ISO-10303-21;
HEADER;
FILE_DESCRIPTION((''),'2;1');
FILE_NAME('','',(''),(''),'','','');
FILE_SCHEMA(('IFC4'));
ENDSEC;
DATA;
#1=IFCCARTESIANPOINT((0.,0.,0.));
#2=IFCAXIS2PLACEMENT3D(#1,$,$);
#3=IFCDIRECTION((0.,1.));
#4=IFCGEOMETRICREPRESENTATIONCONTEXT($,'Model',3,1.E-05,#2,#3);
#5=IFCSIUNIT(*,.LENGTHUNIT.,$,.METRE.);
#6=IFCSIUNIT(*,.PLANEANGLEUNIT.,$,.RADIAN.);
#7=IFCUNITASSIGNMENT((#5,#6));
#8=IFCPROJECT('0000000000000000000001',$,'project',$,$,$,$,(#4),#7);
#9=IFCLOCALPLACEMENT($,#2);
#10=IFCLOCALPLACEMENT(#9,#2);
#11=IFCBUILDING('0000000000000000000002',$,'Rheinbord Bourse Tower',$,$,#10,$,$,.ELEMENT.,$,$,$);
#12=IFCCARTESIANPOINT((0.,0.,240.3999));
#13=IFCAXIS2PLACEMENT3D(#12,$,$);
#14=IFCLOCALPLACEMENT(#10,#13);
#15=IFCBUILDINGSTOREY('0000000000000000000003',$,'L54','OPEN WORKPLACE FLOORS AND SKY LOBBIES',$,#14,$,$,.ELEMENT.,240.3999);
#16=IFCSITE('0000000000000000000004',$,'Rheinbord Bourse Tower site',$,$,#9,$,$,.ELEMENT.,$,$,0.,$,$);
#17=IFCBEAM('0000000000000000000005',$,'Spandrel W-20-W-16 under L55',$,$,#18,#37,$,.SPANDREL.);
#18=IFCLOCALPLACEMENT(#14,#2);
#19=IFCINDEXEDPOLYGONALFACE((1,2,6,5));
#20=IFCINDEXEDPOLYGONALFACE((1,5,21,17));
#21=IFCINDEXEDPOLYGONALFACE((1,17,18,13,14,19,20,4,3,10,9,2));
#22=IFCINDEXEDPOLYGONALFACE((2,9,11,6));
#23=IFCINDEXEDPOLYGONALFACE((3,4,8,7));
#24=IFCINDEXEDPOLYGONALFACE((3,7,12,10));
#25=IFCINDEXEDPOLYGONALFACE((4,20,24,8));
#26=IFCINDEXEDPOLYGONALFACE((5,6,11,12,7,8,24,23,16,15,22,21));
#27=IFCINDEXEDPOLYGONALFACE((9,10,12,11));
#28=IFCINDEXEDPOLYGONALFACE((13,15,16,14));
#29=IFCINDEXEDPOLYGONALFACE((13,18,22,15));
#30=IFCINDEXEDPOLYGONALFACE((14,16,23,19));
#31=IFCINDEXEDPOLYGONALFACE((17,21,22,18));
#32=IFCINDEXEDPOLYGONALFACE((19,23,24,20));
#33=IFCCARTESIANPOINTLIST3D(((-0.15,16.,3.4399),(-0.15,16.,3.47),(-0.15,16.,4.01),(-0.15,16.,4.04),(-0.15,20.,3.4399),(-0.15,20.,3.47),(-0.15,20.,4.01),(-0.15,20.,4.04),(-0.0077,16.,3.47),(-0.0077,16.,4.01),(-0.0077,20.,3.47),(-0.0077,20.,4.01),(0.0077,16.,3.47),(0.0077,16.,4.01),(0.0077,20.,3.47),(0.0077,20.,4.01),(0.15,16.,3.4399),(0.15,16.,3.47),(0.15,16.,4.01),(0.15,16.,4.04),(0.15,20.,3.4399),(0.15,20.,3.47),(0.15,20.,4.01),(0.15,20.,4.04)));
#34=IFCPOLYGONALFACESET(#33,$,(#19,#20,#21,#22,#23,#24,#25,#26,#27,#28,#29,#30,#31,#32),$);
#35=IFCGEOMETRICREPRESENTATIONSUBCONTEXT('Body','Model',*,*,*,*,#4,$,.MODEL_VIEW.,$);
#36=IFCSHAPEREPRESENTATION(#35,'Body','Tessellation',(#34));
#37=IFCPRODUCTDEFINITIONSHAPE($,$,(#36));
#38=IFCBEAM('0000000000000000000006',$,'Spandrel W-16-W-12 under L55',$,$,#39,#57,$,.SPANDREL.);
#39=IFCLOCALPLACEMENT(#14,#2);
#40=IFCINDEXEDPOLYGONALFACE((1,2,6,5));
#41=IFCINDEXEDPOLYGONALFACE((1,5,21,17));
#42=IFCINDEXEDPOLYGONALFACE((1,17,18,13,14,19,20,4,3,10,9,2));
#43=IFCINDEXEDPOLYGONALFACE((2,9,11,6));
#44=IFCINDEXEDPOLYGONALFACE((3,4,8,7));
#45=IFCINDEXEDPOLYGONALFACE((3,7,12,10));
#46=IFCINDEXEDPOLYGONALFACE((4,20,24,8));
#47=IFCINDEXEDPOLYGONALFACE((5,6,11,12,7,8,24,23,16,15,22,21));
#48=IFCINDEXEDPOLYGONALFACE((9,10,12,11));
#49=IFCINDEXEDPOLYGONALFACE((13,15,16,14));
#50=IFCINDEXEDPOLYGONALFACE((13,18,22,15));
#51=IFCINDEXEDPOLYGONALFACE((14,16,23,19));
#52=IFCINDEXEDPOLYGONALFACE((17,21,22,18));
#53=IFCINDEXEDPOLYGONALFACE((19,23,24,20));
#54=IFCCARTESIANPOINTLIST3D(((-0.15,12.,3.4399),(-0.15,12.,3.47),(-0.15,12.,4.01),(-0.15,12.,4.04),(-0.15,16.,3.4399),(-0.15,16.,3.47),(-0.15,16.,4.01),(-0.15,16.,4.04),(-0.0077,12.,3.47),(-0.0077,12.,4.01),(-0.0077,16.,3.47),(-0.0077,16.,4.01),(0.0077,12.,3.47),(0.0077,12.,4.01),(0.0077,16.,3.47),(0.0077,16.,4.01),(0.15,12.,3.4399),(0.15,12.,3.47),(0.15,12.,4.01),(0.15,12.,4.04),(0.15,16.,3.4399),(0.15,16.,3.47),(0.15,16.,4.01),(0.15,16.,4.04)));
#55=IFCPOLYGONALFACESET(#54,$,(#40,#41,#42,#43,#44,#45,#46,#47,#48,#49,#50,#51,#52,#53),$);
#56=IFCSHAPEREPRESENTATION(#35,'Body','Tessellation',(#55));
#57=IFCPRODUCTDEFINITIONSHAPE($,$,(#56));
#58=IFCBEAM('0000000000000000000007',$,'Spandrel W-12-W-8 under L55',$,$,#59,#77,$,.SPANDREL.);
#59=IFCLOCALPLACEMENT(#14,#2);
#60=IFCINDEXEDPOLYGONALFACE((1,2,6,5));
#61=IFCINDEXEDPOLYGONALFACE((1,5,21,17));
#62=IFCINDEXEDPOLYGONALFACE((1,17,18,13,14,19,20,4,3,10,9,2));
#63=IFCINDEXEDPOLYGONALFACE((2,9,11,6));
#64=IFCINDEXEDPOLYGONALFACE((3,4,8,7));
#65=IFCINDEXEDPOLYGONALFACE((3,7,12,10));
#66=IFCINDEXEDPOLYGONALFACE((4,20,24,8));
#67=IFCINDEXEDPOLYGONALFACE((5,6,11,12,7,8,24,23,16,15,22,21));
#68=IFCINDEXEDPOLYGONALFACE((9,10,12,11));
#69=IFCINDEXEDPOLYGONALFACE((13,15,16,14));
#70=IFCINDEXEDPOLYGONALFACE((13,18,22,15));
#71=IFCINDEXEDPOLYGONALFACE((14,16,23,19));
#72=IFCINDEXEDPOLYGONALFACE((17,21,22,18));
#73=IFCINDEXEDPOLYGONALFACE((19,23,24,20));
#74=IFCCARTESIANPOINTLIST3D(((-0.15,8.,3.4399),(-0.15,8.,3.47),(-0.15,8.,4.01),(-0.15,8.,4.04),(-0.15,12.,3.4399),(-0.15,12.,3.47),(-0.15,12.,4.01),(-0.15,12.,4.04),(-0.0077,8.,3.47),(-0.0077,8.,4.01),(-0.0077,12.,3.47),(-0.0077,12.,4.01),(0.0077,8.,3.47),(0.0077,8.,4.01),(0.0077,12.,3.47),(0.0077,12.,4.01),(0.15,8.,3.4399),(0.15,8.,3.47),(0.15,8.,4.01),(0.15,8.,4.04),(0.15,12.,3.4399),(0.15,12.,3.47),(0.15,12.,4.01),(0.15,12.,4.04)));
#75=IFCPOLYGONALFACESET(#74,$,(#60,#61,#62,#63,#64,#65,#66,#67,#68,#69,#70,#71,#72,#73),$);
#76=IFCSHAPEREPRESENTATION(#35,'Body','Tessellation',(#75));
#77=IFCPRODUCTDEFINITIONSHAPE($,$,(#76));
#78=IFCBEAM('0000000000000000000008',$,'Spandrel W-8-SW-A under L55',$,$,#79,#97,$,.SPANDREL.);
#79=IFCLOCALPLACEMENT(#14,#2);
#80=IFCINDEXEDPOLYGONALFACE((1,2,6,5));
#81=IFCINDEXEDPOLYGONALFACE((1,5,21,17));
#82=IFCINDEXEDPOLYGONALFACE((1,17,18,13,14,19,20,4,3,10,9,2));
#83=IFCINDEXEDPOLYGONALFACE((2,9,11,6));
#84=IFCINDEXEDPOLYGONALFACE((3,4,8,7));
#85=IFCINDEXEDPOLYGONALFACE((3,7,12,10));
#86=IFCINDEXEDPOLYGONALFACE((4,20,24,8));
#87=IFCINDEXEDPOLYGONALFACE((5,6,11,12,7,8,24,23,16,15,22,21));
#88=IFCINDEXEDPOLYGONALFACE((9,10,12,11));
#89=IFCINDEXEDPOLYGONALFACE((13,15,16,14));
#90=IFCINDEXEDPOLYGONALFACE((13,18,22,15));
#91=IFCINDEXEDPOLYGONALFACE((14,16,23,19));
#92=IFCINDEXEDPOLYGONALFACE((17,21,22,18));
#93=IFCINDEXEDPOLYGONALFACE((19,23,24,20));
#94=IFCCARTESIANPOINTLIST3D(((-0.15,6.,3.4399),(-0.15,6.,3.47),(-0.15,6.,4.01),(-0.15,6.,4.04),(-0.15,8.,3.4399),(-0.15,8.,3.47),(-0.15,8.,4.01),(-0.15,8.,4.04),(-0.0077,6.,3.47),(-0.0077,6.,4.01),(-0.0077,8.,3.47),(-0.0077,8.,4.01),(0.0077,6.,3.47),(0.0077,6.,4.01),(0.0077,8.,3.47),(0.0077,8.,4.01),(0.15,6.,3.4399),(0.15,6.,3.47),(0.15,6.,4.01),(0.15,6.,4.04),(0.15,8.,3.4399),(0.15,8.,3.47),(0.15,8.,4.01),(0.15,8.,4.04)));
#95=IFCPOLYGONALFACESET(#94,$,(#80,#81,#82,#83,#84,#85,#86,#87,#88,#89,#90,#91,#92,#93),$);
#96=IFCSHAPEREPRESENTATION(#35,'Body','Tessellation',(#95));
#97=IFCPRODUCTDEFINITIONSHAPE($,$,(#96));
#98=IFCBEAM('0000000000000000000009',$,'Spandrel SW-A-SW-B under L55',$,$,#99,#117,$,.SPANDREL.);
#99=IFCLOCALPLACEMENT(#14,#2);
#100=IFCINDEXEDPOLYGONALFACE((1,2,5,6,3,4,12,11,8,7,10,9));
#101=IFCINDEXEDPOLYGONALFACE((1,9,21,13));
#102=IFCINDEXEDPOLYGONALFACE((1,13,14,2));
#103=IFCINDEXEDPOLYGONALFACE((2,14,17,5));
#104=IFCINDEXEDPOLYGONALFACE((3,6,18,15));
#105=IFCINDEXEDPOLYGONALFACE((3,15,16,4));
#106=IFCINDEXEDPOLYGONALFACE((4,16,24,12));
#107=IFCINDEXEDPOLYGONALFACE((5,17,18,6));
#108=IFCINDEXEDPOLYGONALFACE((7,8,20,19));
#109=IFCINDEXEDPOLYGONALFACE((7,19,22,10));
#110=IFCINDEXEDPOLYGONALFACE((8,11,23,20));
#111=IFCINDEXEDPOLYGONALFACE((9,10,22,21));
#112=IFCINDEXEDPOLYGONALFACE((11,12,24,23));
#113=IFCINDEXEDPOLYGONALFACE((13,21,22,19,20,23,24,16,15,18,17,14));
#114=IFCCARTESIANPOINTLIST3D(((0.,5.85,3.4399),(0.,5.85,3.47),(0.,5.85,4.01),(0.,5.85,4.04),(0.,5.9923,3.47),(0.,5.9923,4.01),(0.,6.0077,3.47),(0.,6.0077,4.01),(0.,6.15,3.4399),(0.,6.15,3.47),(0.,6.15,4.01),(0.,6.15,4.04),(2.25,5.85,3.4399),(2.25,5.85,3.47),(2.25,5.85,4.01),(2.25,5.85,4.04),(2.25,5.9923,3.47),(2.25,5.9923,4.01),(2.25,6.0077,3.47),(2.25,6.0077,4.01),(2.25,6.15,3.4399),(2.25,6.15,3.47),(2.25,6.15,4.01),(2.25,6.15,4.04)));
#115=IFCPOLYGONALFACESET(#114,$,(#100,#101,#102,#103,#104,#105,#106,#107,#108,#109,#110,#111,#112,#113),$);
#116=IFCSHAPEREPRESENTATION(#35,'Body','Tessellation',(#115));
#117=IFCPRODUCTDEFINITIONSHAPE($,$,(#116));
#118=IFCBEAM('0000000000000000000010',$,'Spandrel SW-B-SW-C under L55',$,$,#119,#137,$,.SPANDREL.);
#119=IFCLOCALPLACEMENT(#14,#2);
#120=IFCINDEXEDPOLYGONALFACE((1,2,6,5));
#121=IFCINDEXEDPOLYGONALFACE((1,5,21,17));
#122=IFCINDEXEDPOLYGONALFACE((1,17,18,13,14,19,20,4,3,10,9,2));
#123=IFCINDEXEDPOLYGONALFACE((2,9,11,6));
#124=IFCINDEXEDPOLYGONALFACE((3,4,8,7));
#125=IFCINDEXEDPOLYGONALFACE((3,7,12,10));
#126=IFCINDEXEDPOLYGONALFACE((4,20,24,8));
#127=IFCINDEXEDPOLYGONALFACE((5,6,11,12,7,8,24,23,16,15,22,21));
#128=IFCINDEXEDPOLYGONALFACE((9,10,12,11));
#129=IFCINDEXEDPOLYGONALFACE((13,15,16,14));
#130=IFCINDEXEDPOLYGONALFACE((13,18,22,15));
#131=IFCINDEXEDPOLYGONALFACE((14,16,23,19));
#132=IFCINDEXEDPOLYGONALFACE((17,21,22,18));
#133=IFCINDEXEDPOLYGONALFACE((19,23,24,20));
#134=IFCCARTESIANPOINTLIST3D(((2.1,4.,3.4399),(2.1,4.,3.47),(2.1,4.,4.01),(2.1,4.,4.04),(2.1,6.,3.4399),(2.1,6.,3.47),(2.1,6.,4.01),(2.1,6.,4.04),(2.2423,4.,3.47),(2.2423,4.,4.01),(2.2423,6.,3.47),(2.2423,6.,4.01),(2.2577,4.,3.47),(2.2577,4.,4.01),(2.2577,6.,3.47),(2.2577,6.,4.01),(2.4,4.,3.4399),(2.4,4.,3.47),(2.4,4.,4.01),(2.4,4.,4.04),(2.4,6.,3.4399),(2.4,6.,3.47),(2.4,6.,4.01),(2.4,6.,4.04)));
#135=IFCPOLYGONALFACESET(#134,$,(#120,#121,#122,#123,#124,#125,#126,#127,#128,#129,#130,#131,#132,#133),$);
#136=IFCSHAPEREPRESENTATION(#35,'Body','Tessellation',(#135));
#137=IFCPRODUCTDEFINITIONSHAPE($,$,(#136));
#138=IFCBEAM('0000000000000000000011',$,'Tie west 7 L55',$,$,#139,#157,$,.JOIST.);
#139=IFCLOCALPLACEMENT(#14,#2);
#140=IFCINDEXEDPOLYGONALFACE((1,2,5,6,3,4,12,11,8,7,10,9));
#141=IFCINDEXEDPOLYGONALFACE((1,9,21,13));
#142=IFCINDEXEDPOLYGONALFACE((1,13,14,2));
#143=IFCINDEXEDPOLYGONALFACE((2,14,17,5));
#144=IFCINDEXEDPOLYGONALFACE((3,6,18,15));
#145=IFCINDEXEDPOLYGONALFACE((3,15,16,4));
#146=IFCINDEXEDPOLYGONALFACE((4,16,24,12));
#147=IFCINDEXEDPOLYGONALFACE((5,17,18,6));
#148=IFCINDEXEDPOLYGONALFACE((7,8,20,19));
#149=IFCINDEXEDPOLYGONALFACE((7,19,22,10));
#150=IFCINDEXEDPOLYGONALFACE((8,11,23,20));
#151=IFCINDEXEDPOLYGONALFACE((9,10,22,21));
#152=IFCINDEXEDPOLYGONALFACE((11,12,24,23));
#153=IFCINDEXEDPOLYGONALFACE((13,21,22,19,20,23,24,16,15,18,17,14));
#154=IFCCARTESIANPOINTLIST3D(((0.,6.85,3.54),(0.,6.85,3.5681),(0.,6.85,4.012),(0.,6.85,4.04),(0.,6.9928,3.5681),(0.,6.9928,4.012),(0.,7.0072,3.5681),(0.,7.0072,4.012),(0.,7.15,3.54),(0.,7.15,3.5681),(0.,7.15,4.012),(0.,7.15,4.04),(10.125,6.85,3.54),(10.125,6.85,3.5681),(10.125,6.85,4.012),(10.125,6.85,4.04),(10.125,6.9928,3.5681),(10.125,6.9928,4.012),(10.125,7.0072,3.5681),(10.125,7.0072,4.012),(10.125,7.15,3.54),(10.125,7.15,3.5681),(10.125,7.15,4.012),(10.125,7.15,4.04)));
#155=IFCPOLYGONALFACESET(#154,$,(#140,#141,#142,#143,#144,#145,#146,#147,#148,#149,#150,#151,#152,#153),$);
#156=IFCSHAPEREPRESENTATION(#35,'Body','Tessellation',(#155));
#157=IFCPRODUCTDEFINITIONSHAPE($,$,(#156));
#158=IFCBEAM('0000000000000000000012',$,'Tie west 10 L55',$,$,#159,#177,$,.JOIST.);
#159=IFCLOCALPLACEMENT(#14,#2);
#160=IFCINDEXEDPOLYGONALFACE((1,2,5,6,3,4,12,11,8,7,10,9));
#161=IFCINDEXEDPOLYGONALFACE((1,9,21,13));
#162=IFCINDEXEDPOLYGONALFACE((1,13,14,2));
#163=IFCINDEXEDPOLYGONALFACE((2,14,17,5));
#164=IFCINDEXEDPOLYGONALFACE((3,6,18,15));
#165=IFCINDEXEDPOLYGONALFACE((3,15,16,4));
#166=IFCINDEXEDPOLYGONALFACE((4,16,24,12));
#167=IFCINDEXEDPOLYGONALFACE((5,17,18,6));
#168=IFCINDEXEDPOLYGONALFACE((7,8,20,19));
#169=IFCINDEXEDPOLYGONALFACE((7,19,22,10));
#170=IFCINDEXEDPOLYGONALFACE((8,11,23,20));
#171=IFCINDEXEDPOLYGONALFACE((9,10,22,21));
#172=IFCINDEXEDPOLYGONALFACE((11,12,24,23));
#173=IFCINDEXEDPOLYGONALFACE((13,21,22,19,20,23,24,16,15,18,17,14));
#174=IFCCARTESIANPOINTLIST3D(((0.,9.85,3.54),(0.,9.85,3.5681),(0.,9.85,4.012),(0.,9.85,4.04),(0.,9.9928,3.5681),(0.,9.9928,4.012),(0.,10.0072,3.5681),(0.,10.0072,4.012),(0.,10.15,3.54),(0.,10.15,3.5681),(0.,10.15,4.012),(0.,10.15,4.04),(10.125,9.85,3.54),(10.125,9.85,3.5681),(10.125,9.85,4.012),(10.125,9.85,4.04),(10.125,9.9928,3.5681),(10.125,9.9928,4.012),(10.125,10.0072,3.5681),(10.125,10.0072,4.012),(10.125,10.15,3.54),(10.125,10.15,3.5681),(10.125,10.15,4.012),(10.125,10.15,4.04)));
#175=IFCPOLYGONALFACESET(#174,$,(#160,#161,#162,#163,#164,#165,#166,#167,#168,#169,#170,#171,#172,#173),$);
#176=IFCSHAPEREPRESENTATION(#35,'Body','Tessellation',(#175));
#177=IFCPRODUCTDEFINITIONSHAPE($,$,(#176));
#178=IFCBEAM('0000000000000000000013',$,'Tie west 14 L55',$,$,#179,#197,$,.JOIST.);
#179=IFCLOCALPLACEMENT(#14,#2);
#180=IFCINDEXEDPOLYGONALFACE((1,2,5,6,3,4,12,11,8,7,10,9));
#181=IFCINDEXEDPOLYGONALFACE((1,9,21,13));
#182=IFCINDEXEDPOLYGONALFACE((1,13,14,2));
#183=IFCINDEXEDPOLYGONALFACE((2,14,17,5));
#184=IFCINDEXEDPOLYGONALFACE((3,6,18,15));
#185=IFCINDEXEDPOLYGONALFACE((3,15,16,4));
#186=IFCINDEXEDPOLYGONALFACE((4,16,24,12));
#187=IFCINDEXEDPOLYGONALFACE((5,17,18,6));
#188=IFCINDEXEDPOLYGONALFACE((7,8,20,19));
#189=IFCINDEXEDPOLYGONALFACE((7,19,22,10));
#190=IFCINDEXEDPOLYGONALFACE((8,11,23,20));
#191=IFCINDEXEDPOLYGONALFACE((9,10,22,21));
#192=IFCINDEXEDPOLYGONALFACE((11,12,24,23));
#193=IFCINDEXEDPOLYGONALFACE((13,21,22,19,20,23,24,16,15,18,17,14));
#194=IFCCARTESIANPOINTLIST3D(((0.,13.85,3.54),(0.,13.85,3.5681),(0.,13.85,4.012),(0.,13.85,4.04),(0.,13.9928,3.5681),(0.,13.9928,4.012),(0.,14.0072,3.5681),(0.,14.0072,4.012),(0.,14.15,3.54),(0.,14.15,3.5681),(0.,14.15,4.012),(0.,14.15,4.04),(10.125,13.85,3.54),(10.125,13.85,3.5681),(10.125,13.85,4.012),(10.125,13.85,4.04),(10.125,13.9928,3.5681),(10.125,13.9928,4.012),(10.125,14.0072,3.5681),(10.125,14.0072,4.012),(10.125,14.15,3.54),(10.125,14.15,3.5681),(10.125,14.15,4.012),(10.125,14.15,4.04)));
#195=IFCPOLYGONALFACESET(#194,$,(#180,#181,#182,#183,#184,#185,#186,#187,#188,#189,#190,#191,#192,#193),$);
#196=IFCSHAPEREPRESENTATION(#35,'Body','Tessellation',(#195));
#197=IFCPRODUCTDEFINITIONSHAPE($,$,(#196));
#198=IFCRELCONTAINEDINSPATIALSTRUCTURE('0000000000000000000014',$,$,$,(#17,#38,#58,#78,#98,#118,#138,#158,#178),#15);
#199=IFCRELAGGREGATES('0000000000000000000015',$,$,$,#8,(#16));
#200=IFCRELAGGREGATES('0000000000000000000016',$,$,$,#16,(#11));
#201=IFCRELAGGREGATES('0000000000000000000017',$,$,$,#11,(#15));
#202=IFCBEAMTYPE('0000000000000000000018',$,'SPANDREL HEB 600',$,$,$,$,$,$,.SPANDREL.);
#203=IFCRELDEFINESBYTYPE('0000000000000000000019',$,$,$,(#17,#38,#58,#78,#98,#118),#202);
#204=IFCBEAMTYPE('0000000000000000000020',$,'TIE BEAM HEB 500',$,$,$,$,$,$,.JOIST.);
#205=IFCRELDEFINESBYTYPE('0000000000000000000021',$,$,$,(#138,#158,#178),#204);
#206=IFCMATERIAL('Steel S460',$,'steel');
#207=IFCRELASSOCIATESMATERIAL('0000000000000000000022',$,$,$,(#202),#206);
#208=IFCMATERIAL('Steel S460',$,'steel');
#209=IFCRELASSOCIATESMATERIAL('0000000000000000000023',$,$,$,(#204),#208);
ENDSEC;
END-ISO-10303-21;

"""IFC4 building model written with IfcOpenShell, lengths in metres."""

from ifc_helpers import new_model, si_unit, direction, frame, origin, origin_2d, place, context, subcontext, project, spatial, i_section, extrude, material, material_profile, profile_set, type_object, element, save


model = new_model("IFC4")

# Units and contexts
model_context = context("Model", 3, precision=1e-05, world=origin(), true_north=direction((0.0, 1.0)))
body_context = subcontext(model_context, "Body", "Model", "MODEL_VIEW")
ifc_project = project(units=[si_unit("LENGTHUNIT", "METRE"), si_unit("PLANEANGLEUNIT", "RADIAN")], contexts=[model_context])

# Site, building, storey
site_placement = place(None, origin())
site = spatial("IfcSite", under=ifc_project, at=site_placement, Name="Rheinbord Bourse Tower site", CompositionType="ELEMENT", RefElevation=0.0)
building_placement = place(site_placement, origin())
building = spatial("IfcBuilding", under=site, at=building_placement, Name="Rheinbord Bourse Tower", CompositionType="ELEMENT")
storey_placement = place(building_placement, frame((0.0, 0.0, 240.3999)))
storey = spatial("IfcBuildingStorey", under=building, at=storey_placement, Name="L54", Description="OPEN WORKPLACE FLOORS AND SKY LOBBIES", CompositionType="ELEMENT", Elevation=240.3999)

# Beams
ifc_material_1 = material(Name="Steel S460", Category="steel")
ifc_material_profile_1 = material_profile(ifc_material_1, i_section(OverallWidth=0.3, OverallDepth=0.6001, WebThickness=0.0154, FlangeThickness=0.03, at=origin_2d()), Name="HEB 600")
ifc_profile_set_1 = profile_set([ifc_material_profile_1], Name="Steel S460")
beam_type_1 = type_object("IfcBeamType", Name="SPANDREL HEB 600", PredefinedType="SPANDREL", material=ifc_profile_set_1)
for number, where, z_axis, x_axis, name in (
    (1, (0.0, 20.0, 3.74), (0.0, -1.0, 0.0), (1.0, 0.0, 0.0), "Spandrel W-20-W-16 under L55"),
    (2, (0.0, 16.0, 3.74), (0.0, -1.0, 0.0), (1.0, 0.0, 0.0), "Spandrel W-16-W-12 under L55"),
    (3, (0.0, 12.0, 3.74), (0.0, -1.0, 0.0), (1.0, 0.0, 0.0), "Spandrel W-12-W-8 under L55"),
):
    element("IfcBeam", number, at=place(storey_placement, frame(where, z_axis=z_axis, x_axis=x_axis)), inside=storey, type_object=beam_type_1, Name=name, PredefinedType="SPANDREL", context=body_context, shape_type="SweptSolid", body=[
        extrude(i_section(OverallWidth=0.3, OverallDepth=0.6001, WebThickness=0.0154, FlangeThickness=0.03, at=origin_2d()), origin(), (0.0, 0.0, 1.0), 4.0),
    ])
beam_1_placement = place(storey_placement, frame((0.0, 8.0, 3.74), z_axis=(0.0, -1.0, 0.0), x_axis=(1.0, 0.0, 0.0)))
element("IfcBeam", 4, at=beam_1_placement, inside=storey, type_object=beam_type_1, Name="Spandrel W-8-SW-A under L55", PredefinedType="SPANDREL", context=body_context, shape_type="SweptSolid", body=[
    extrude(i_section(OverallWidth=0.3, OverallDepth=0.6001, WebThickness=0.0154, FlangeThickness=0.03, at=origin_2d()), origin(), (0.0, 0.0, 1.0), 2.0),
])
beam_2_placement = place(storey_placement, frame((0.0, 6.0, 3.74), z_axis=(1.0, 0.0, 0.0), x_axis=(0.0, 1.0, 0.0)))
element("IfcBeam", 5, at=beam_2_placement, inside=storey, type_object=beam_type_1, Name="Spandrel SW-A-SW-B under L55", PredefinedType="SPANDREL", context=body_context, shape_type="SweptSolid", body=[
    extrude(i_section(OverallWidth=0.3, OverallDepth=0.6001, WebThickness=0.0154, FlangeThickness=0.03, at=origin_2d()), origin(), (0.0, 0.0, 1.0), 2.25),
])
beam_3_placement = place(storey_placement, frame((2.25, 6.0, 3.74), z_axis=(0.0, -1.0, 0.0), x_axis=(1.0, 0.0, 0.0)))
element("IfcBeam", 6, at=beam_3_placement, inside=storey, type_object=beam_type_1, Name="Spandrel SW-B-SW-C under L55", PredefinedType="SPANDREL", context=body_context, shape_type="SweptSolid", body=[
    extrude(i_section(OverallWidth=0.3, OverallDepth=0.6001, WebThickness=0.0154, FlangeThickness=0.03, at=origin_2d()), origin(), (0.0, 0.0, 1.0), 2.0),
])
ifc_material_2 = material(Name="Steel S460", Category="steel")
ifc_material_profile_2 = material_profile(ifc_material_2, i_section(OverallWidth=0.3, OverallDepth=0.5, WebThickness=0.0144, FlangeThickness=0.0281, at=origin_2d()), Name="HEB 500")
ifc_profile_set_2 = profile_set([ifc_material_profile_2], Name="Steel S460")
beam_type_2 = type_object("IfcBeamType", Name="TIE BEAM HEB 500", PredefinedType="JOIST", material=ifc_profile_set_2)
for number, where, z_axis, x_axis, name in (
    (7, (0.0, 7.0, 3.79), (1.0, 0.0, 0.0), (0.0, 1.0, 0.0), "Tie west 7 L55"),
    (8, (0.0, 10.0, 3.79), (1.0, 0.0, 0.0), (0.0, 1.0, 0.0), "Tie west 10 L55"),
    (9, (0.0, 14.0, 3.79), (1.0, 0.0, 0.0), (0.0, 1.0, 0.0), "Tie west 14 L55"),
):
    element("IfcBeam", number, at=place(storey_placement, frame(where, z_axis=z_axis, x_axis=x_axis)), inside=storey, type_object=beam_type_2, Name=name, PredefinedType="JOIST", context=body_context, shape_type="SweptSolid", body=[
        extrude(i_section(OverallWidth=0.3, OverallDepth=0.5, WebThickness=0.0144, FlangeThickness=0.0281, at=origin_2d()), origin(), (0.0, 0.0, 1.0), 10.125),
    ])

save(model, "model.ifc")
